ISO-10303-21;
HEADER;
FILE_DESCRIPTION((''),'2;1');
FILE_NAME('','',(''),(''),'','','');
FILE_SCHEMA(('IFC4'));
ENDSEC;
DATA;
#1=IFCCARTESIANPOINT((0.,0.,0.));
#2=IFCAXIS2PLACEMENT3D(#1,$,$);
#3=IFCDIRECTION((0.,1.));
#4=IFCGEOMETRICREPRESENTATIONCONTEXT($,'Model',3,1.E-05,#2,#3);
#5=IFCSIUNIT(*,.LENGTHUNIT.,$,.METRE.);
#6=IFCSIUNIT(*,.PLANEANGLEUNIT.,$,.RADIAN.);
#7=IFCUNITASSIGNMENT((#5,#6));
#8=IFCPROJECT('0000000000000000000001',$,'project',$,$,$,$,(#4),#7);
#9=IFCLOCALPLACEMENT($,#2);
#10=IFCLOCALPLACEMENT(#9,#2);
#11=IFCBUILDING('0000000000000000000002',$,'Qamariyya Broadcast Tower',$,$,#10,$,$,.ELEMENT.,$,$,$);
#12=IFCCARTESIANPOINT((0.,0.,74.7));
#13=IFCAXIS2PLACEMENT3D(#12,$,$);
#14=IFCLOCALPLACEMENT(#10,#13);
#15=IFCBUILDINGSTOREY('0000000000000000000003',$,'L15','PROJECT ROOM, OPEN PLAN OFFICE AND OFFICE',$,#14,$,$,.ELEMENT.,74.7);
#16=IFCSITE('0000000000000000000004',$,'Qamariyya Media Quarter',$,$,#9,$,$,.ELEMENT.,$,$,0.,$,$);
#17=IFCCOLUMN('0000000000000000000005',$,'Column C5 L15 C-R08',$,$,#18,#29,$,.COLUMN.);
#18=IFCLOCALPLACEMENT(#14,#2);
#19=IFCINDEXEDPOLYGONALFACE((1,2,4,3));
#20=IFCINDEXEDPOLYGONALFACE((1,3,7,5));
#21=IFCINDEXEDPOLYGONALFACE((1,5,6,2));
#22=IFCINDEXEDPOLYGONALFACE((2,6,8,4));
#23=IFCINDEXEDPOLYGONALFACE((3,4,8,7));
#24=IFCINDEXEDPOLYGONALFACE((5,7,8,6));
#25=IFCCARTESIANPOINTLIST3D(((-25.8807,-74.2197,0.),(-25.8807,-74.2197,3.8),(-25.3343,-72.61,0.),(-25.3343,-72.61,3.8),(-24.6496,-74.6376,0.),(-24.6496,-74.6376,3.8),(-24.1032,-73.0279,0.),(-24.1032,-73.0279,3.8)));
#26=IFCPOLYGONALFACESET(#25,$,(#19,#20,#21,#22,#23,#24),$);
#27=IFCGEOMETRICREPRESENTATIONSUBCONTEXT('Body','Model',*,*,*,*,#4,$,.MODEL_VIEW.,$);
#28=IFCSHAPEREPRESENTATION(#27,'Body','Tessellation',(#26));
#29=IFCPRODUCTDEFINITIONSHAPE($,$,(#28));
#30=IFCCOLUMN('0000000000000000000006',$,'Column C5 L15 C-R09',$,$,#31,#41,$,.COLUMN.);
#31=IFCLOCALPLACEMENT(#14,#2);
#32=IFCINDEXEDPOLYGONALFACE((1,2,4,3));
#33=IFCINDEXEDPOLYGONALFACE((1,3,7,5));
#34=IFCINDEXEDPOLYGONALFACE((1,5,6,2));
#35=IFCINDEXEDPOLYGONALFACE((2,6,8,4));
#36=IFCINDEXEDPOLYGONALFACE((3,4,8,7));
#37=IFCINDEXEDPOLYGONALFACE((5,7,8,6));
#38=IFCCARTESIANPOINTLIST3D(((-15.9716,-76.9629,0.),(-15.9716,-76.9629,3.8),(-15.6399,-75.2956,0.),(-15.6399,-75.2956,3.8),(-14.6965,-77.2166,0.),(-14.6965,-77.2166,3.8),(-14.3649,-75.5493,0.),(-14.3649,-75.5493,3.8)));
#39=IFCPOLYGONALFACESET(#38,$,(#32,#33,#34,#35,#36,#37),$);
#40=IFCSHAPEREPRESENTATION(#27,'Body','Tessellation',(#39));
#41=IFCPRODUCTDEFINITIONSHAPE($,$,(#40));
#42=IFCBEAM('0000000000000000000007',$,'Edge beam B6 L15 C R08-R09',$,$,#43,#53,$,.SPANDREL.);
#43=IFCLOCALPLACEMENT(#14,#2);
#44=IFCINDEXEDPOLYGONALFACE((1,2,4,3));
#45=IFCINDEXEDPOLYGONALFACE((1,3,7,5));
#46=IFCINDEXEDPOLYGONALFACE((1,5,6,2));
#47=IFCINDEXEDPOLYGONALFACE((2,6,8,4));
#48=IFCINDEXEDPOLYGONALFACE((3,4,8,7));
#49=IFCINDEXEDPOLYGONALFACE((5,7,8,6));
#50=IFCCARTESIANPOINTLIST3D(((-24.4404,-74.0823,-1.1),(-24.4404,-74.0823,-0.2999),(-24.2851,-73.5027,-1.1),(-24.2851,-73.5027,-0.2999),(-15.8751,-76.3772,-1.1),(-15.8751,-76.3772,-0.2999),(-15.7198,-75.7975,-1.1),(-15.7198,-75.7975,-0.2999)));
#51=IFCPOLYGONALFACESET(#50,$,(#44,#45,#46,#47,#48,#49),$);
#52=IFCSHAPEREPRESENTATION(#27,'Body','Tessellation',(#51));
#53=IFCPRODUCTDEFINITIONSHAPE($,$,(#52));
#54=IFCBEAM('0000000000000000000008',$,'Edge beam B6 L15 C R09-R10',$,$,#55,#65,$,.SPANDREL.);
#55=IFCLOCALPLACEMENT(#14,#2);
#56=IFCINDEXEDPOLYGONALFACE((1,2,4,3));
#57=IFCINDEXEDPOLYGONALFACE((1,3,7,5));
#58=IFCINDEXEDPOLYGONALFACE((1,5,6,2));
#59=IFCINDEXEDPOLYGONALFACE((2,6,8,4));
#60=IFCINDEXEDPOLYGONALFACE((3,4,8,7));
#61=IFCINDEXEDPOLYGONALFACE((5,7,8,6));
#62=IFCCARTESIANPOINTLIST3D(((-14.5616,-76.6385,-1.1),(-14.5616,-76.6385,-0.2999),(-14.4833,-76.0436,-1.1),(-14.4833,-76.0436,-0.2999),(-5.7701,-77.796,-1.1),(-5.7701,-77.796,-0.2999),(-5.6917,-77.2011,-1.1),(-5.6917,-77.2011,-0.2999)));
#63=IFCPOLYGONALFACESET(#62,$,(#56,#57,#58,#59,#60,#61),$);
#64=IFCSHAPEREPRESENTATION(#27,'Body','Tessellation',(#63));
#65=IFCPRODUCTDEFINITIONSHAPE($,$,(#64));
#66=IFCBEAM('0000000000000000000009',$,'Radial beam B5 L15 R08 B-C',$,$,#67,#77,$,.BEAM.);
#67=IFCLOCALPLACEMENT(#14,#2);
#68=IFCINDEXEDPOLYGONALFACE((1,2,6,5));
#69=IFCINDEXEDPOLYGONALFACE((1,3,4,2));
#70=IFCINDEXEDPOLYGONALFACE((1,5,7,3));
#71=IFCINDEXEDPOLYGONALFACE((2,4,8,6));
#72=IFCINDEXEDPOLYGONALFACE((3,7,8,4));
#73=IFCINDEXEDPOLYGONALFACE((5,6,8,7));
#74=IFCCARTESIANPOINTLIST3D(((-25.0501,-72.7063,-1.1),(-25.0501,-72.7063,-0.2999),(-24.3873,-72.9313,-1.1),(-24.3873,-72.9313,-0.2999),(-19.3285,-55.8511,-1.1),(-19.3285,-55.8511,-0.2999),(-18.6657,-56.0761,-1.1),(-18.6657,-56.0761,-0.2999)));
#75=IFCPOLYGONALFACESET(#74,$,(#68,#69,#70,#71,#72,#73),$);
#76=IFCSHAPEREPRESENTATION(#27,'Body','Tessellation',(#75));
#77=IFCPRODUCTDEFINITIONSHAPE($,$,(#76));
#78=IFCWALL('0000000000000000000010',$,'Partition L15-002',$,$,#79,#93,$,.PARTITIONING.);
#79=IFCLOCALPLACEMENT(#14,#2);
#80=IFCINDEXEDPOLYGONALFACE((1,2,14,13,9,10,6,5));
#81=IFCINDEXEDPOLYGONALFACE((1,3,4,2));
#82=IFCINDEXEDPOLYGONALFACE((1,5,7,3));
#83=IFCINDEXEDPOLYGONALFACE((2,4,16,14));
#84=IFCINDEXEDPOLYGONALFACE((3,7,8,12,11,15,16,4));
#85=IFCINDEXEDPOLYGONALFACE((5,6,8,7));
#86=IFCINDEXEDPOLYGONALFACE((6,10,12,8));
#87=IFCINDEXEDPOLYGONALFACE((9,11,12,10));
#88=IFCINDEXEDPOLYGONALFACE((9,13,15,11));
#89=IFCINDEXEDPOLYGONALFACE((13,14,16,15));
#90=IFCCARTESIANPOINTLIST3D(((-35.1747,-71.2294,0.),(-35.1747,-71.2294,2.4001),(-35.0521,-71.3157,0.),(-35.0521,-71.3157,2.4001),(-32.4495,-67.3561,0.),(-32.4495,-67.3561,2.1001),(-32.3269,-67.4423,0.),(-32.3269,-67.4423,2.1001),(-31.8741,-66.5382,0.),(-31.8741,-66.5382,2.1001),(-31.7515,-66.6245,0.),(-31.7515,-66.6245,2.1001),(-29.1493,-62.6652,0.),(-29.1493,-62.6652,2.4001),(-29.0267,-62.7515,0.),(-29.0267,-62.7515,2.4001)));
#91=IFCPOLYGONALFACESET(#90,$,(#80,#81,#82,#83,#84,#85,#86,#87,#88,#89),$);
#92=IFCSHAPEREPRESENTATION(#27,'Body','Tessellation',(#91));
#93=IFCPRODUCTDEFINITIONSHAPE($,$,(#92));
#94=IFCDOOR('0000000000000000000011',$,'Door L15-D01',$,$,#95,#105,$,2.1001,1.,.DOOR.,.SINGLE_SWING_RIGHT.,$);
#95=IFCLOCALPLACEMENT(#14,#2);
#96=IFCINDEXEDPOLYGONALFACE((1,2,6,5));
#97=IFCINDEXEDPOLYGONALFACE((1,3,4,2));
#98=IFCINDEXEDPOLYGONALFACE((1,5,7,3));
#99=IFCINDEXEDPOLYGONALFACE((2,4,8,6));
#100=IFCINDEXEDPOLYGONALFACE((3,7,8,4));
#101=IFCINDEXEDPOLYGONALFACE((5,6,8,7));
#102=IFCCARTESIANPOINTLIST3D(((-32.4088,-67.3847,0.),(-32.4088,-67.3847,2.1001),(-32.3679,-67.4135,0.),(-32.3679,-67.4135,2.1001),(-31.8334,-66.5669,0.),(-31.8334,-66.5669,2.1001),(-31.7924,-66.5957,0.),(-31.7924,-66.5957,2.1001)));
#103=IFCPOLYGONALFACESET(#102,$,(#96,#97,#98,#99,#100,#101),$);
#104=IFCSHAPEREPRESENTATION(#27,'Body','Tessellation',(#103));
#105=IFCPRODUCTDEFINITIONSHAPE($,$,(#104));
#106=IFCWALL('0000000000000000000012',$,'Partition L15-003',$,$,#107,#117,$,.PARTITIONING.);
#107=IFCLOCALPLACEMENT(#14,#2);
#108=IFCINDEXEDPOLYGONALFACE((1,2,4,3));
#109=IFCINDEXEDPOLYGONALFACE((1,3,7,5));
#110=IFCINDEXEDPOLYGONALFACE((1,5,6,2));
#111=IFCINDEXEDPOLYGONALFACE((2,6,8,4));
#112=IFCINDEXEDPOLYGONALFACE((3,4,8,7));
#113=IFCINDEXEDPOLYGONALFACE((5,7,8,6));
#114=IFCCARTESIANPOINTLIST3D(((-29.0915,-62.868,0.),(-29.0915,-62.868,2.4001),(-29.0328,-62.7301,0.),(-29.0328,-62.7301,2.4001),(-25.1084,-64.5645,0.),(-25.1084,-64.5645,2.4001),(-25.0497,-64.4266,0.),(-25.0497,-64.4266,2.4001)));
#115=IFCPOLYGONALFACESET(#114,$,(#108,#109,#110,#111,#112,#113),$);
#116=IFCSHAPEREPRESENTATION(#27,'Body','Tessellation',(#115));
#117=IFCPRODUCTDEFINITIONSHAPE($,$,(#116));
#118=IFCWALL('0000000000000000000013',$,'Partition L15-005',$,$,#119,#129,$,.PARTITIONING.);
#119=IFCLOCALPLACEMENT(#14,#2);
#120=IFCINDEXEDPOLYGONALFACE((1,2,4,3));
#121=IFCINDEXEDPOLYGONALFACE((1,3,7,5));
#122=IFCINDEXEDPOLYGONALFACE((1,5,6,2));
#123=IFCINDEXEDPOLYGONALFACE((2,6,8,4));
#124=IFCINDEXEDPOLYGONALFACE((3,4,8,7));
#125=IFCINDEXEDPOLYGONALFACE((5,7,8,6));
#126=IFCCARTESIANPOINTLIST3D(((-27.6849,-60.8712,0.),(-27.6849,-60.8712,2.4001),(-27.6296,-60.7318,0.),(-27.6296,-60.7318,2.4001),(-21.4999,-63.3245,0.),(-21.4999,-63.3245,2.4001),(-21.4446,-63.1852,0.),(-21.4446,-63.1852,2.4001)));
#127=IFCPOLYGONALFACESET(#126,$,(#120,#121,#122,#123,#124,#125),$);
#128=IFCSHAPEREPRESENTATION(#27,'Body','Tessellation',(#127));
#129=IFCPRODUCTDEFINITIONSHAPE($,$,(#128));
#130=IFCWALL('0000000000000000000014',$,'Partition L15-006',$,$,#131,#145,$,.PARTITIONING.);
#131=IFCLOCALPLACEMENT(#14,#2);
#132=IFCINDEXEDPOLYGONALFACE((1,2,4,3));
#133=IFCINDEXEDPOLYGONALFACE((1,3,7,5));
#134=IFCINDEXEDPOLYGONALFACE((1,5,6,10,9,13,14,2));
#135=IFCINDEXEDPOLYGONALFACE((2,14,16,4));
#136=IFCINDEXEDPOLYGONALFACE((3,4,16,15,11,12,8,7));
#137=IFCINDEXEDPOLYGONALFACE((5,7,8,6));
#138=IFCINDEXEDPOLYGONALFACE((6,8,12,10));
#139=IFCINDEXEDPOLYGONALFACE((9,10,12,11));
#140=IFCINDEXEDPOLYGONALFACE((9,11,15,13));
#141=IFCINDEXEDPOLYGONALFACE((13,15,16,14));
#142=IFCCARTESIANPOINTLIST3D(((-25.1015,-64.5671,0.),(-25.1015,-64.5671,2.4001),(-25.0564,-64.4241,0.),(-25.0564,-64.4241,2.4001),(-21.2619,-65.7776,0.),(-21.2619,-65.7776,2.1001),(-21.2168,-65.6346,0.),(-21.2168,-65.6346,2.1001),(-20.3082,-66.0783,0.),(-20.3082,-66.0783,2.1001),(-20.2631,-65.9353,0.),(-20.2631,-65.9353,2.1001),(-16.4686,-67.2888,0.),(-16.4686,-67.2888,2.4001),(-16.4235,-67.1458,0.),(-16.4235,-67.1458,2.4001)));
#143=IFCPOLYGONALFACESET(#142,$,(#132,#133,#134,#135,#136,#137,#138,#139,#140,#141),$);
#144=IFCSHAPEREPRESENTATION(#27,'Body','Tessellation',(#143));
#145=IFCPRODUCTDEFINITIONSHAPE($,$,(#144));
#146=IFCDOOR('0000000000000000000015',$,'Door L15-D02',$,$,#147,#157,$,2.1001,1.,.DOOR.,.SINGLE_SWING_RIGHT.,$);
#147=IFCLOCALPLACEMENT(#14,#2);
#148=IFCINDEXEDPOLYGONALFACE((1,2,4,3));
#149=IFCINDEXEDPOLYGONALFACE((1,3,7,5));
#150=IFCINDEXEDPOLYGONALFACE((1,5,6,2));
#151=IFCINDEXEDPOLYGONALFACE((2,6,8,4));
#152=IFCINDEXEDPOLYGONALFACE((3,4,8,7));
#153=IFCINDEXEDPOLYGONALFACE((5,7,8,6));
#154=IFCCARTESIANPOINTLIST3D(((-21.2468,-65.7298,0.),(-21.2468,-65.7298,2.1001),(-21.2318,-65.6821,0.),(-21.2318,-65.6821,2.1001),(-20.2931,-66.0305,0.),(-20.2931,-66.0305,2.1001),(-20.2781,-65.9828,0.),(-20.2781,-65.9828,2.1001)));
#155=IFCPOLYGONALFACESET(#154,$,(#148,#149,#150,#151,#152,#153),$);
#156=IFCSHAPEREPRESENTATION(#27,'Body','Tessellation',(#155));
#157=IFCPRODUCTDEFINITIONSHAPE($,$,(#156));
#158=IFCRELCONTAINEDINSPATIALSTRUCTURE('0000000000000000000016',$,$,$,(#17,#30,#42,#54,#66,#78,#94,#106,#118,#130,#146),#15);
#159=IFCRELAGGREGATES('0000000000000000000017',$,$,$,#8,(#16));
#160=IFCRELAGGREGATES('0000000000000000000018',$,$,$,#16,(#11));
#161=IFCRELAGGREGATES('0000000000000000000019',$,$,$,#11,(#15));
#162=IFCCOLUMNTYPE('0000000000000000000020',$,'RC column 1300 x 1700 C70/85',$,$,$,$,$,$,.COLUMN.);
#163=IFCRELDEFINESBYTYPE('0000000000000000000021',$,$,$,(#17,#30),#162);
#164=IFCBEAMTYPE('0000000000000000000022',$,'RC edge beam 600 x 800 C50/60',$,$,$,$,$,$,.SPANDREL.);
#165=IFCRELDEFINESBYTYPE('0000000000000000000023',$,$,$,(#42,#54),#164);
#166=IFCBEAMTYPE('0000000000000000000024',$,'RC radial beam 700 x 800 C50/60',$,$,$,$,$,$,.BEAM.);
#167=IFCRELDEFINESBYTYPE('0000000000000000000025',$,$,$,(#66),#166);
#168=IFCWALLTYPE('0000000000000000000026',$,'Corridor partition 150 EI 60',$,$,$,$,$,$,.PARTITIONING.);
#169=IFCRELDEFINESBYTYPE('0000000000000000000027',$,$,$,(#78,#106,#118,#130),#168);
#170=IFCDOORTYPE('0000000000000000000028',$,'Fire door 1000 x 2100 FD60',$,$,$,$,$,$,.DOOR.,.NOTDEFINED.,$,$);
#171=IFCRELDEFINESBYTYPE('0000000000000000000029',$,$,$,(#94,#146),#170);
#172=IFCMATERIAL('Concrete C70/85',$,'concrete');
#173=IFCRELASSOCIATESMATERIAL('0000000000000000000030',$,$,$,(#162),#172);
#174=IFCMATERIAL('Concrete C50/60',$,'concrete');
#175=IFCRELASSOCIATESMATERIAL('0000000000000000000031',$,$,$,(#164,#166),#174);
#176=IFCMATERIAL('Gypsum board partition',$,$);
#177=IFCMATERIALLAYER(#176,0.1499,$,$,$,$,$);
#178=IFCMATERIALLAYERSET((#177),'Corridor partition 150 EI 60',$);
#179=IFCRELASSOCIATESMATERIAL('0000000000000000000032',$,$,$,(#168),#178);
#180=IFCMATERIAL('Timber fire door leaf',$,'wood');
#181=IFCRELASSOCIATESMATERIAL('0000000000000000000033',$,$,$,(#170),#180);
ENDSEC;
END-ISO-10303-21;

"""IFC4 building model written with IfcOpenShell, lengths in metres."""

from ifc_helpers import new_model, si_unit, direction, frame, frame_2d, origin, origin_2d, place, context, subcontext, project, spatial, rectangle, extrude, material, layer, layer_set, material_profile, profile_set, type_object, element, fill, save


model = new_model("IFC4")

# Units and contexts
model_context = context("Model", 3, precision=1e-05, world=origin(), true_north=direction((0.0, 1.0)))
body_context = subcontext(model_context, "Body", "Model", "MODEL_VIEW")
ifc_project = project(units=[si_unit("LENGTHUNIT", "METRE"), si_unit("PLANEANGLEUNIT", "RADIAN")], contexts=[model_context])

# Site, building, storey
site_placement = place(None, origin())
site = spatial("IfcSite", under=ifc_project, at=site_placement, Name="Qamariyya Media Quarter", CompositionType="ELEMENT", RefElevation=0.0)
building_placement = place(site_placement, origin())
building = spatial("IfcBuilding", under=site, at=building_placement, Name="Qamariyya Broadcast Tower", CompositionType="ELEMENT")
storey_placement = place(building_placement, frame((0.0, 0.0, 74.7)))
storey = spatial("IfcBuildingStorey", under=building, at=storey_placement, Name="L15", Description="PROJECT ROOM, OPEN PLAN OFFICE AND OFFICE", CompositionType="ELEMENT", Elevation=74.7)

# Columns
ifc_material_1 = material(Name="Concrete C70/85", Category="concrete")
ifc_material_profile_1 = material_profile(ifc_material_1, rectangle(XDim=1.3, YDim=1.7, at=origin_2d()))
ifc_profile_set_1 = profile_set([ifc_material_profile_1], Name="Concrete C70/85")
column_type = type_object("IfcColumnType", Name="RC column 1300 x 1700 C70/85", PredefinedType="COLUMN", material=ifc_profile_set_1)
for number, where, z_axis, x_axis, name in (
    (1, (-24.9919, -73.6238, 0.0), (0.0, 0.0, 1.0), (0.94693, -0.321439, 0.0), "Column C5 L15 C-R08"),
    (2, (-15.1682, -76.2561, 0.0), (0.0, 0.0, 1.0), (0.980785, -0.19509, 0.0), "Column C5 L15 C-R09"),
):
    element("IfcColumn", number, at=place(storey_placement, frame(where, z_axis=z_axis, x_axis=x_axis)), inside=storey, type_object=column_type, Name=name, PredefinedType="COLUMN", context=body_context, shape_type="SweptSolid", body=[
        extrude(rectangle(XDim=1.3, YDim=1.7, at=origin_2d()), origin(), (0.0, 0.0, 1.0), 3.8),
    ])

# Beams
ifc_material_2 = material(Name="Concrete C50/60", Category="concrete")
ifc_material_profile_2 = material_profile(ifc_material_2, rectangle(XDim=0.6001, YDim=0.8, at=origin_2d()))
ifc_profile_set_2 = profile_set([ifc_material_profile_2], Name="Concrete C50/60")
beam_type_1 = type_object("IfcBeamType", Name="RC edge beam 600 x 800 C50/60", PredefinedType="SPANDREL", material=ifc_profile_set_2)
for number, where, z_axis, x_axis, name in (
    (3, (-24.3628, -73.7925, -0.7), (0.965931, -0.2588, 0.0), (0.2588, 0.965931, 0.0), "Edge beam B6 L15 C R08-R09"),
    (4, (-14.5225, -76.3411, -0.7), (0.991444, -0.130531, 0.0), (0.130531, 0.991444, 0.0), "Edge beam B6 L15 C R09-R10"),
):
    element("IfcBeam", number, at=place(storey_placement, frame(where, z_axis=z_axis, x_axis=x_axis)), inside=storey, type_object=beam_type_1, Name=name, PredefinedType="SPANDREL", context=body_context, shape_type="SweptSolid", body=[
        extrude(rectangle(XDim=0.6001, YDim=0.8, at=origin_2d()), origin(), (0.0, 0.0, 1.0), 8.8674),
    ])
ifc_material_profile_3 = material_profile(ifc_material_2, rectangle(XDim=0.7, YDim=0.8, at=origin_2d()))
ifc_profile_set_3 = profile_set([ifc_material_profile_3], Name="Concrete C50/60")
beam_type_2 = type_object("IfcBeamType", Name="RC radial beam 700 x 800 C50/60", PredefinedType="BEAM", material=ifc_profile_set_3)
beam_placement = place(storey_placement, frame((-18.9971, -55.9636, -0.7), z_axis=(-0.321445, -0.946928, 0.0), x_axis=(0.946928, -0.321445, 0.0)))
element("IfcBeam", 5, at=beam_placement, inside=storey, type_object=beam_type_2, Name="Radial beam B5 L15 R08 B-C", PredefinedType="BEAM", context=body_context, shape_type="SweptSolid", body=[
    extrude(rectangle(XDim=0.7, YDim=0.8, at=origin_2d()), origin(), (0.0, 0.0, 1.0), 17.7998),
])

# Wall, opening, door
ifc_material_3 = material(Name="Gypsum board partition")
ifc_layer_1 = layer(ifc_material_3, 0.1499)
ifc_layer_set_1 = layer_set([ifc_layer_1], Name="Corridor partition 150 EI 60")
wall_type_1 = type_object("IfcWallType", Name="Corridor partition 150 EI 60", PredefinedType="PARTITIONING", material=ifc_layer_set_1)
wall_1_placement = place(storey_placement, frame((-29.0879, -62.7083, 0.0), z_axis=(0.0, 0.0, 1.0), x_axis=(-0.575412, -0.817864, 0.0)))
wall_1 = element("IfcWall", 6, at=wall_1_placement, inside=storey, type_object=wall_type_1, Name="Partition L15-002", PredefinedType="PARTITIONING", context=body_context, shape_type="SweptSolid", body=[
    extrude(rectangle(XDim=10.4714, YDim=0.1499, at=frame_2d((5.2358, 0.0))), origin(), (0.0, 0.0, 1.0), 2.4001),
])
opening_1_placement = place(wall_1_placement, frame((4.7356, 0.0, 0.0)))
opening_1 = element("IfcOpeningElement", 7, at=opening_1_placement, cuts=wall_1, PredefinedType="OPENING", context=body_context, shape_type="SweptSolid", body=[
    extrude(rectangle(XDim=1.0, YDim=2.1001, at=frame_2d((0.5, 1.05))), frame((0.0, 0.085, 0.0), z_axis=(0.0, -1.0, 0.0), x_axis=(1.0, 0.0, 0.0)), (0.0, 0.0, 1.0), 0.1699),
])
ifc_material_4 = material(Name="Timber fire door leaf", Category="wood")
door_type_1 = type_object("IfcDoorType", Name="Fire door 1000 x 2100 FD60", OperationType="NOTDEFINED", PredefinedType="DOOR", material=ifc_material_4)
door_1_placement = place(opening_1_placement, origin())
door_1 = element("IfcDoor", 8, at=door_1_placement, inside=storey, type_object=door_type_1, Name="Door L15-D01", OperationType="SINGLE_SWING_RIGHT", OverallHeight=2.1001, OverallWidth=1.0, PredefinedType="DOOR", context=body_context, shape_type="SweptSolid", body=[
    extrude(rectangle(XDim=1.0, YDim=2.1001, at=frame_2d((0.5, 1.05))), frame((0.0, 0.0249, 0.0), z_axis=(0.0, -1.0, 0.0), x_axis=(1.0, 0.0, 0.0)), (0.0, 0.0, 1.0), 0.05),
])
fill(opening_1, door_1)

# Walls
wall_2_placement = place(storey_placement, frame((-29.062, -62.7991, 0.0), z_axis=(0.0, 0.0, 1.0), x_axis=(0.920024, -0.391863, 0.0)))
element("IfcWall", 9, at=wall_2_placement, inside=storey, type_object=wall_type_1, Name="Partition L15-003", PredefinedType="PARTITIONING", context=body_context, shape_type="SweptSolid", body=[
    extrude(rectangle(XDim=4.3293, YDim=0.1499, at=frame_2d((2.1646, 0.0))), origin(), (0.0, 0.0, 1.0), 2.4001),
])
wall_3_placement = place(storey_placement, frame((-27.6572, -60.8015, 0.0), z_axis=(0.0, 0.0, 1.0), x_axis=(0.929543, -0.368713, 0.0)))
element("IfcWall", 10, at=wall_3_placement, inside=storey, type_object=wall_type_1, Name="Partition L15-005", PredefinedType="PARTITIONING", context=body_context, shape_type="SweptSolid", body=[
    extrude(rectangle(XDim=6.6538, YDim=0.1499, at=frame_2d((3.3269, 0.0))), origin(), (0.0, 0.0, 1.0), 2.4001),
])

# Wall, opening, door
wall_4_placement = place(storey_placement, frame((-16.446, -67.2173, 0.0), z_axis=(0.0, 0.0, 1.0), x_axis=(-0.953724, 0.300682, 0.0)))
wall_4 = element("IfcWall", 11, at=wall_4_placement, inside=storey, type_object=wall_type_1, Name="Partition L15-006", PredefinedType="PARTITIONING", context=body_context, shape_type="SweptSolid", body=[
    extrude(rectangle(XDim=9.0518, YDim=0.1499, at=frame_2d((4.5259, 0.0))), origin(), (0.0, 0.0, 1.0), 2.4001),
])
opening_2_placement = place(wall_4_placement, frame((4.0259, 0.0, 0.0)))
opening_2 = element("IfcOpeningElement", 12, at=opening_2_placement, cuts=wall_4, PredefinedType="OPENING", context=body_context, shape_type="SweptSolid", body=[
    extrude(rectangle(XDim=1.0, YDim=2.1001, at=frame_2d((0.5, 1.05))), frame((0.0, 0.085, 0.0), z_axis=(0.0, -1.0, 0.0), x_axis=(1.0, 0.0, 0.0)), (0.0, 0.0, 1.0), 0.1699),
])
door_2_placement = place(opening_2_placement, origin())
door_2 = element("IfcDoor", 13, at=door_2_placement, inside=storey, type_object=door_type_1, Name="Door L15-D02", OperationType="SINGLE_SWING_RIGHT", OverallHeight=2.1001, OverallWidth=1.0, PredefinedType="DOOR", context=body_context, shape_type="SweptSolid", body=[
    extrude(rectangle(XDim=1.0, YDim=2.1001, at=frame_2d((0.5, 1.05))), frame((0.0, 0.0249, 0.0), z_axis=(0.0, -1.0, 0.0), x_axis=(1.0, 0.0, 0.0)), (0.0, 0.0, 1.0), 0.05),
])
fill(opening_2, door_2)

save(model, "model.ifc")
